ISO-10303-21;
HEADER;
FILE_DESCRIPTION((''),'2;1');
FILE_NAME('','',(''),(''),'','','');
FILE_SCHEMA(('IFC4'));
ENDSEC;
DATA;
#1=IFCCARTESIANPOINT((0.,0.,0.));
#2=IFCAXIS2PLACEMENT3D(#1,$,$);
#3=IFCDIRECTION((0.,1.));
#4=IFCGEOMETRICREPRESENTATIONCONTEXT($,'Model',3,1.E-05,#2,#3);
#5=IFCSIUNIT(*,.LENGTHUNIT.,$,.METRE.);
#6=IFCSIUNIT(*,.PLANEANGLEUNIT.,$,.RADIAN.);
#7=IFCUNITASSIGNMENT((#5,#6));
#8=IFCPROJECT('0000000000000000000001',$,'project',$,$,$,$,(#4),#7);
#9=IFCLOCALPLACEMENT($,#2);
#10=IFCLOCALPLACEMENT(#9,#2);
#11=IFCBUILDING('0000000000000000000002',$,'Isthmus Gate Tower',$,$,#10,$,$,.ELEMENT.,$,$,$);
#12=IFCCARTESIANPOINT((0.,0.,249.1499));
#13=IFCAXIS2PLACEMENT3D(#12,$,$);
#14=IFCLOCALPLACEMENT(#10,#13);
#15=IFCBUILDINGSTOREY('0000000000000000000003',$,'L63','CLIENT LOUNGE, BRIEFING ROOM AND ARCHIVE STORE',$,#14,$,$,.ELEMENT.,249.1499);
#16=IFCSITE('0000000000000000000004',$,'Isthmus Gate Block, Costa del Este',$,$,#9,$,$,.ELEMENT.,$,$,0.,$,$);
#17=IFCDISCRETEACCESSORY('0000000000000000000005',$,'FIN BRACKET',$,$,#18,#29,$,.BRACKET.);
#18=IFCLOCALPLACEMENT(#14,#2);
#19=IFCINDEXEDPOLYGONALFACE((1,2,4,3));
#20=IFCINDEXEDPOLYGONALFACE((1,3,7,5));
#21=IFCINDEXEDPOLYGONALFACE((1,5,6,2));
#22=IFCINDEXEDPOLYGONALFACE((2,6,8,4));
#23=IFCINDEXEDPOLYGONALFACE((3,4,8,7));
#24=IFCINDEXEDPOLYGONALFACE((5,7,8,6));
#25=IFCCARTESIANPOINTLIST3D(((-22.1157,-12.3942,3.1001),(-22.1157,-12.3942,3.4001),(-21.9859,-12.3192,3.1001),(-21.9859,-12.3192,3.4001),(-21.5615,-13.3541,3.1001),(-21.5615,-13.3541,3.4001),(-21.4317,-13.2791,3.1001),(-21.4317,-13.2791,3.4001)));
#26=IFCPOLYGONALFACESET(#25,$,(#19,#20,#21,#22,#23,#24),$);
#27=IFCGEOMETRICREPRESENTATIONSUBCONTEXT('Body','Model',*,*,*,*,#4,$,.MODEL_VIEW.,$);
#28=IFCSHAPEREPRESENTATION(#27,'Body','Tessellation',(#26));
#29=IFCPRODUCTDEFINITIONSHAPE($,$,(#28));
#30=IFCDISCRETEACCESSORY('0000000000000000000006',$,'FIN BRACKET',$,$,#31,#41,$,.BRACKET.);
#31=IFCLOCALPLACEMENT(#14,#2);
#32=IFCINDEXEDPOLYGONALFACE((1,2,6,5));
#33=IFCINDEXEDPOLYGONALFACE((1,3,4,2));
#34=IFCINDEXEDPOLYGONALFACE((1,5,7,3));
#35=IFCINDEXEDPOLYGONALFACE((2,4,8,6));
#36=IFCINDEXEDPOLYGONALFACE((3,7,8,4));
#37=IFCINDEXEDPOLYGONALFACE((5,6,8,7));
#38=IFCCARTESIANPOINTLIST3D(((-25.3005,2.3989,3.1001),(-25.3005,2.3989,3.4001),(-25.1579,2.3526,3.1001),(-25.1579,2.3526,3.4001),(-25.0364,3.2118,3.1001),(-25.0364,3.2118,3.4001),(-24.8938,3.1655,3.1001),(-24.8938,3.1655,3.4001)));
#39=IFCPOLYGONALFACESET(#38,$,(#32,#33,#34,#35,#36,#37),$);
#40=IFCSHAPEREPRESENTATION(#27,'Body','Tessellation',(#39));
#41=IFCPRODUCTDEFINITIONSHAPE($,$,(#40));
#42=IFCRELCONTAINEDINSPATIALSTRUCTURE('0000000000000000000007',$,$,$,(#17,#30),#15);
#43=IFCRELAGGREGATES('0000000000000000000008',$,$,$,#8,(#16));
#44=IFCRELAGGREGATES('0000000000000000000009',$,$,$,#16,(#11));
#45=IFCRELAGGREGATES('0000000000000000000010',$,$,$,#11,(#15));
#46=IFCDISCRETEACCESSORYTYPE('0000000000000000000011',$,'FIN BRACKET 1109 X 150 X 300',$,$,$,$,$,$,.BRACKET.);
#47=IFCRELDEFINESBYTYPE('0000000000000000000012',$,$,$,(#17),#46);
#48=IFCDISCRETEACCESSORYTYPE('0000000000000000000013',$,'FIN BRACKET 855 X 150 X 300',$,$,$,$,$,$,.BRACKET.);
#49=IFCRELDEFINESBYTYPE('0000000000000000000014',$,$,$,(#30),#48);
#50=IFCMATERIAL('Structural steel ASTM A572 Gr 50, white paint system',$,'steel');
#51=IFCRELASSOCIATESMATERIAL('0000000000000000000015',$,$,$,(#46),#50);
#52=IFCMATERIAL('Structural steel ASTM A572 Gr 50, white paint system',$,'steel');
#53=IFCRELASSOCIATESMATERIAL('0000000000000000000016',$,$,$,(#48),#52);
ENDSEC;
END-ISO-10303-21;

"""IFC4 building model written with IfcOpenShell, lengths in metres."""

from ifc_helpers import new_model, si_unit, direction, frame, origin, origin_2d, place, context, subcontext, project, spatial, rectangle, extrude, material, type_object, element, save


model = new_model("IFC4")

# Units and contexts
model_context = context("Model", 3, precision=1e-05, world=origin(), true_north=direction((0.0, 1.0)))
body_context = subcontext(model_context, "Body", "Model", "MODEL_VIEW")
ifc_project = project(units=[si_unit("LENGTHUNIT", "METRE"), si_unit("PLANEANGLEUNIT", "RADIAN")], contexts=[model_context])

# Site, building, storey
site_placement = place(None, origin())
site = spatial("IfcSite", under=ifc_project, at=site_placement, Name="Isthmus Gate Block, Costa del Este", CompositionType="ELEMENT", RefElevation=0.0)
building_placement = place(site_placement, origin())
building = spatial("IfcBuilding", under=site, at=building_placement, Name="Isthmus Gate Tower", CompositionType="ELEMENT")
storey_placement = place(building_placement, frame((0.0, 0.0, 249.1499)))
storey = spatial("IfcBuildingStorey", under=building, at=storey_placement, Name="L63", Description="CLIENT LOUNGE, BRIEFING ROOM AND ARCHIVE STORE", CompositionType="ELEMENT", Elevation=249.1499)

# Discrete accessories
ifc_material_1 = material(Name="Structural steel ASTM A572 Gr 50, white paint system", Category="steel")
discrete_accessory_type_1 = type_object("IfcDiscreteAccessoryType", Name="FIN BRACKET 1109 X 150 X 300", PredefinedType="BRACKET", material=ifc_material_1)
for number, where, z_axis, x_axis, name in (
    (1, (-21.7737, -12.8367, 3.1001), (0.0, 0.0, 1.0), (-0.866025, -0.5, 0.0), "FIN BRACKET"),
):
    element("IfcDiscreteAccessory", number, at=place(storey_placement, frame(where, z_axis=z_axis, x_axis=x_axis)), inside=storey, type_object=discrete_accessory_type_1, Name=name, PredefinedType="BRACKET", context=body_context, shape_type="SweptSolid", body=[
        extrude(rectangle(XDim=0.1499, YDim=1.1084, at=origin_2d()), origin(), (0.0, 0.0, 1.0), 0.3),
    ])
ifc_material_2 = material(Name="Structural steel ASTM A572 Gr 50, white paint system", Category="steel")
discrete_accessory_type_2 = type_object("IfcDiscreteAccessoryType", Name="FIN BRACKET 855 X 150 X 300", PredefinedType="BRACKET", material=ifc_material_2)
discrete_accessory_placement = place(storey_placement, frame((-25.0972, 2.7822, 3.1001), z_axis=(0.0, 0.0, 1.0), x_axis=(-0.951057, 0.309017, 0.0)))
element("IfcDiscreteAccessory", 2, at=discrete_accessory_placement, inside=storey, type_object=discrete_accessory_type_2, Name="FIN BRACKET", PredefinedType="BRACKET", context=body_context, shape_type="SweptSolid", body=[
    extrude(rectangle(XDim=0.1499, YDim=0.8547, at=origin_2d()), origin(), (0.0, 0.0, 1.0), 0.3),
])

save(model, "model.ifc")
